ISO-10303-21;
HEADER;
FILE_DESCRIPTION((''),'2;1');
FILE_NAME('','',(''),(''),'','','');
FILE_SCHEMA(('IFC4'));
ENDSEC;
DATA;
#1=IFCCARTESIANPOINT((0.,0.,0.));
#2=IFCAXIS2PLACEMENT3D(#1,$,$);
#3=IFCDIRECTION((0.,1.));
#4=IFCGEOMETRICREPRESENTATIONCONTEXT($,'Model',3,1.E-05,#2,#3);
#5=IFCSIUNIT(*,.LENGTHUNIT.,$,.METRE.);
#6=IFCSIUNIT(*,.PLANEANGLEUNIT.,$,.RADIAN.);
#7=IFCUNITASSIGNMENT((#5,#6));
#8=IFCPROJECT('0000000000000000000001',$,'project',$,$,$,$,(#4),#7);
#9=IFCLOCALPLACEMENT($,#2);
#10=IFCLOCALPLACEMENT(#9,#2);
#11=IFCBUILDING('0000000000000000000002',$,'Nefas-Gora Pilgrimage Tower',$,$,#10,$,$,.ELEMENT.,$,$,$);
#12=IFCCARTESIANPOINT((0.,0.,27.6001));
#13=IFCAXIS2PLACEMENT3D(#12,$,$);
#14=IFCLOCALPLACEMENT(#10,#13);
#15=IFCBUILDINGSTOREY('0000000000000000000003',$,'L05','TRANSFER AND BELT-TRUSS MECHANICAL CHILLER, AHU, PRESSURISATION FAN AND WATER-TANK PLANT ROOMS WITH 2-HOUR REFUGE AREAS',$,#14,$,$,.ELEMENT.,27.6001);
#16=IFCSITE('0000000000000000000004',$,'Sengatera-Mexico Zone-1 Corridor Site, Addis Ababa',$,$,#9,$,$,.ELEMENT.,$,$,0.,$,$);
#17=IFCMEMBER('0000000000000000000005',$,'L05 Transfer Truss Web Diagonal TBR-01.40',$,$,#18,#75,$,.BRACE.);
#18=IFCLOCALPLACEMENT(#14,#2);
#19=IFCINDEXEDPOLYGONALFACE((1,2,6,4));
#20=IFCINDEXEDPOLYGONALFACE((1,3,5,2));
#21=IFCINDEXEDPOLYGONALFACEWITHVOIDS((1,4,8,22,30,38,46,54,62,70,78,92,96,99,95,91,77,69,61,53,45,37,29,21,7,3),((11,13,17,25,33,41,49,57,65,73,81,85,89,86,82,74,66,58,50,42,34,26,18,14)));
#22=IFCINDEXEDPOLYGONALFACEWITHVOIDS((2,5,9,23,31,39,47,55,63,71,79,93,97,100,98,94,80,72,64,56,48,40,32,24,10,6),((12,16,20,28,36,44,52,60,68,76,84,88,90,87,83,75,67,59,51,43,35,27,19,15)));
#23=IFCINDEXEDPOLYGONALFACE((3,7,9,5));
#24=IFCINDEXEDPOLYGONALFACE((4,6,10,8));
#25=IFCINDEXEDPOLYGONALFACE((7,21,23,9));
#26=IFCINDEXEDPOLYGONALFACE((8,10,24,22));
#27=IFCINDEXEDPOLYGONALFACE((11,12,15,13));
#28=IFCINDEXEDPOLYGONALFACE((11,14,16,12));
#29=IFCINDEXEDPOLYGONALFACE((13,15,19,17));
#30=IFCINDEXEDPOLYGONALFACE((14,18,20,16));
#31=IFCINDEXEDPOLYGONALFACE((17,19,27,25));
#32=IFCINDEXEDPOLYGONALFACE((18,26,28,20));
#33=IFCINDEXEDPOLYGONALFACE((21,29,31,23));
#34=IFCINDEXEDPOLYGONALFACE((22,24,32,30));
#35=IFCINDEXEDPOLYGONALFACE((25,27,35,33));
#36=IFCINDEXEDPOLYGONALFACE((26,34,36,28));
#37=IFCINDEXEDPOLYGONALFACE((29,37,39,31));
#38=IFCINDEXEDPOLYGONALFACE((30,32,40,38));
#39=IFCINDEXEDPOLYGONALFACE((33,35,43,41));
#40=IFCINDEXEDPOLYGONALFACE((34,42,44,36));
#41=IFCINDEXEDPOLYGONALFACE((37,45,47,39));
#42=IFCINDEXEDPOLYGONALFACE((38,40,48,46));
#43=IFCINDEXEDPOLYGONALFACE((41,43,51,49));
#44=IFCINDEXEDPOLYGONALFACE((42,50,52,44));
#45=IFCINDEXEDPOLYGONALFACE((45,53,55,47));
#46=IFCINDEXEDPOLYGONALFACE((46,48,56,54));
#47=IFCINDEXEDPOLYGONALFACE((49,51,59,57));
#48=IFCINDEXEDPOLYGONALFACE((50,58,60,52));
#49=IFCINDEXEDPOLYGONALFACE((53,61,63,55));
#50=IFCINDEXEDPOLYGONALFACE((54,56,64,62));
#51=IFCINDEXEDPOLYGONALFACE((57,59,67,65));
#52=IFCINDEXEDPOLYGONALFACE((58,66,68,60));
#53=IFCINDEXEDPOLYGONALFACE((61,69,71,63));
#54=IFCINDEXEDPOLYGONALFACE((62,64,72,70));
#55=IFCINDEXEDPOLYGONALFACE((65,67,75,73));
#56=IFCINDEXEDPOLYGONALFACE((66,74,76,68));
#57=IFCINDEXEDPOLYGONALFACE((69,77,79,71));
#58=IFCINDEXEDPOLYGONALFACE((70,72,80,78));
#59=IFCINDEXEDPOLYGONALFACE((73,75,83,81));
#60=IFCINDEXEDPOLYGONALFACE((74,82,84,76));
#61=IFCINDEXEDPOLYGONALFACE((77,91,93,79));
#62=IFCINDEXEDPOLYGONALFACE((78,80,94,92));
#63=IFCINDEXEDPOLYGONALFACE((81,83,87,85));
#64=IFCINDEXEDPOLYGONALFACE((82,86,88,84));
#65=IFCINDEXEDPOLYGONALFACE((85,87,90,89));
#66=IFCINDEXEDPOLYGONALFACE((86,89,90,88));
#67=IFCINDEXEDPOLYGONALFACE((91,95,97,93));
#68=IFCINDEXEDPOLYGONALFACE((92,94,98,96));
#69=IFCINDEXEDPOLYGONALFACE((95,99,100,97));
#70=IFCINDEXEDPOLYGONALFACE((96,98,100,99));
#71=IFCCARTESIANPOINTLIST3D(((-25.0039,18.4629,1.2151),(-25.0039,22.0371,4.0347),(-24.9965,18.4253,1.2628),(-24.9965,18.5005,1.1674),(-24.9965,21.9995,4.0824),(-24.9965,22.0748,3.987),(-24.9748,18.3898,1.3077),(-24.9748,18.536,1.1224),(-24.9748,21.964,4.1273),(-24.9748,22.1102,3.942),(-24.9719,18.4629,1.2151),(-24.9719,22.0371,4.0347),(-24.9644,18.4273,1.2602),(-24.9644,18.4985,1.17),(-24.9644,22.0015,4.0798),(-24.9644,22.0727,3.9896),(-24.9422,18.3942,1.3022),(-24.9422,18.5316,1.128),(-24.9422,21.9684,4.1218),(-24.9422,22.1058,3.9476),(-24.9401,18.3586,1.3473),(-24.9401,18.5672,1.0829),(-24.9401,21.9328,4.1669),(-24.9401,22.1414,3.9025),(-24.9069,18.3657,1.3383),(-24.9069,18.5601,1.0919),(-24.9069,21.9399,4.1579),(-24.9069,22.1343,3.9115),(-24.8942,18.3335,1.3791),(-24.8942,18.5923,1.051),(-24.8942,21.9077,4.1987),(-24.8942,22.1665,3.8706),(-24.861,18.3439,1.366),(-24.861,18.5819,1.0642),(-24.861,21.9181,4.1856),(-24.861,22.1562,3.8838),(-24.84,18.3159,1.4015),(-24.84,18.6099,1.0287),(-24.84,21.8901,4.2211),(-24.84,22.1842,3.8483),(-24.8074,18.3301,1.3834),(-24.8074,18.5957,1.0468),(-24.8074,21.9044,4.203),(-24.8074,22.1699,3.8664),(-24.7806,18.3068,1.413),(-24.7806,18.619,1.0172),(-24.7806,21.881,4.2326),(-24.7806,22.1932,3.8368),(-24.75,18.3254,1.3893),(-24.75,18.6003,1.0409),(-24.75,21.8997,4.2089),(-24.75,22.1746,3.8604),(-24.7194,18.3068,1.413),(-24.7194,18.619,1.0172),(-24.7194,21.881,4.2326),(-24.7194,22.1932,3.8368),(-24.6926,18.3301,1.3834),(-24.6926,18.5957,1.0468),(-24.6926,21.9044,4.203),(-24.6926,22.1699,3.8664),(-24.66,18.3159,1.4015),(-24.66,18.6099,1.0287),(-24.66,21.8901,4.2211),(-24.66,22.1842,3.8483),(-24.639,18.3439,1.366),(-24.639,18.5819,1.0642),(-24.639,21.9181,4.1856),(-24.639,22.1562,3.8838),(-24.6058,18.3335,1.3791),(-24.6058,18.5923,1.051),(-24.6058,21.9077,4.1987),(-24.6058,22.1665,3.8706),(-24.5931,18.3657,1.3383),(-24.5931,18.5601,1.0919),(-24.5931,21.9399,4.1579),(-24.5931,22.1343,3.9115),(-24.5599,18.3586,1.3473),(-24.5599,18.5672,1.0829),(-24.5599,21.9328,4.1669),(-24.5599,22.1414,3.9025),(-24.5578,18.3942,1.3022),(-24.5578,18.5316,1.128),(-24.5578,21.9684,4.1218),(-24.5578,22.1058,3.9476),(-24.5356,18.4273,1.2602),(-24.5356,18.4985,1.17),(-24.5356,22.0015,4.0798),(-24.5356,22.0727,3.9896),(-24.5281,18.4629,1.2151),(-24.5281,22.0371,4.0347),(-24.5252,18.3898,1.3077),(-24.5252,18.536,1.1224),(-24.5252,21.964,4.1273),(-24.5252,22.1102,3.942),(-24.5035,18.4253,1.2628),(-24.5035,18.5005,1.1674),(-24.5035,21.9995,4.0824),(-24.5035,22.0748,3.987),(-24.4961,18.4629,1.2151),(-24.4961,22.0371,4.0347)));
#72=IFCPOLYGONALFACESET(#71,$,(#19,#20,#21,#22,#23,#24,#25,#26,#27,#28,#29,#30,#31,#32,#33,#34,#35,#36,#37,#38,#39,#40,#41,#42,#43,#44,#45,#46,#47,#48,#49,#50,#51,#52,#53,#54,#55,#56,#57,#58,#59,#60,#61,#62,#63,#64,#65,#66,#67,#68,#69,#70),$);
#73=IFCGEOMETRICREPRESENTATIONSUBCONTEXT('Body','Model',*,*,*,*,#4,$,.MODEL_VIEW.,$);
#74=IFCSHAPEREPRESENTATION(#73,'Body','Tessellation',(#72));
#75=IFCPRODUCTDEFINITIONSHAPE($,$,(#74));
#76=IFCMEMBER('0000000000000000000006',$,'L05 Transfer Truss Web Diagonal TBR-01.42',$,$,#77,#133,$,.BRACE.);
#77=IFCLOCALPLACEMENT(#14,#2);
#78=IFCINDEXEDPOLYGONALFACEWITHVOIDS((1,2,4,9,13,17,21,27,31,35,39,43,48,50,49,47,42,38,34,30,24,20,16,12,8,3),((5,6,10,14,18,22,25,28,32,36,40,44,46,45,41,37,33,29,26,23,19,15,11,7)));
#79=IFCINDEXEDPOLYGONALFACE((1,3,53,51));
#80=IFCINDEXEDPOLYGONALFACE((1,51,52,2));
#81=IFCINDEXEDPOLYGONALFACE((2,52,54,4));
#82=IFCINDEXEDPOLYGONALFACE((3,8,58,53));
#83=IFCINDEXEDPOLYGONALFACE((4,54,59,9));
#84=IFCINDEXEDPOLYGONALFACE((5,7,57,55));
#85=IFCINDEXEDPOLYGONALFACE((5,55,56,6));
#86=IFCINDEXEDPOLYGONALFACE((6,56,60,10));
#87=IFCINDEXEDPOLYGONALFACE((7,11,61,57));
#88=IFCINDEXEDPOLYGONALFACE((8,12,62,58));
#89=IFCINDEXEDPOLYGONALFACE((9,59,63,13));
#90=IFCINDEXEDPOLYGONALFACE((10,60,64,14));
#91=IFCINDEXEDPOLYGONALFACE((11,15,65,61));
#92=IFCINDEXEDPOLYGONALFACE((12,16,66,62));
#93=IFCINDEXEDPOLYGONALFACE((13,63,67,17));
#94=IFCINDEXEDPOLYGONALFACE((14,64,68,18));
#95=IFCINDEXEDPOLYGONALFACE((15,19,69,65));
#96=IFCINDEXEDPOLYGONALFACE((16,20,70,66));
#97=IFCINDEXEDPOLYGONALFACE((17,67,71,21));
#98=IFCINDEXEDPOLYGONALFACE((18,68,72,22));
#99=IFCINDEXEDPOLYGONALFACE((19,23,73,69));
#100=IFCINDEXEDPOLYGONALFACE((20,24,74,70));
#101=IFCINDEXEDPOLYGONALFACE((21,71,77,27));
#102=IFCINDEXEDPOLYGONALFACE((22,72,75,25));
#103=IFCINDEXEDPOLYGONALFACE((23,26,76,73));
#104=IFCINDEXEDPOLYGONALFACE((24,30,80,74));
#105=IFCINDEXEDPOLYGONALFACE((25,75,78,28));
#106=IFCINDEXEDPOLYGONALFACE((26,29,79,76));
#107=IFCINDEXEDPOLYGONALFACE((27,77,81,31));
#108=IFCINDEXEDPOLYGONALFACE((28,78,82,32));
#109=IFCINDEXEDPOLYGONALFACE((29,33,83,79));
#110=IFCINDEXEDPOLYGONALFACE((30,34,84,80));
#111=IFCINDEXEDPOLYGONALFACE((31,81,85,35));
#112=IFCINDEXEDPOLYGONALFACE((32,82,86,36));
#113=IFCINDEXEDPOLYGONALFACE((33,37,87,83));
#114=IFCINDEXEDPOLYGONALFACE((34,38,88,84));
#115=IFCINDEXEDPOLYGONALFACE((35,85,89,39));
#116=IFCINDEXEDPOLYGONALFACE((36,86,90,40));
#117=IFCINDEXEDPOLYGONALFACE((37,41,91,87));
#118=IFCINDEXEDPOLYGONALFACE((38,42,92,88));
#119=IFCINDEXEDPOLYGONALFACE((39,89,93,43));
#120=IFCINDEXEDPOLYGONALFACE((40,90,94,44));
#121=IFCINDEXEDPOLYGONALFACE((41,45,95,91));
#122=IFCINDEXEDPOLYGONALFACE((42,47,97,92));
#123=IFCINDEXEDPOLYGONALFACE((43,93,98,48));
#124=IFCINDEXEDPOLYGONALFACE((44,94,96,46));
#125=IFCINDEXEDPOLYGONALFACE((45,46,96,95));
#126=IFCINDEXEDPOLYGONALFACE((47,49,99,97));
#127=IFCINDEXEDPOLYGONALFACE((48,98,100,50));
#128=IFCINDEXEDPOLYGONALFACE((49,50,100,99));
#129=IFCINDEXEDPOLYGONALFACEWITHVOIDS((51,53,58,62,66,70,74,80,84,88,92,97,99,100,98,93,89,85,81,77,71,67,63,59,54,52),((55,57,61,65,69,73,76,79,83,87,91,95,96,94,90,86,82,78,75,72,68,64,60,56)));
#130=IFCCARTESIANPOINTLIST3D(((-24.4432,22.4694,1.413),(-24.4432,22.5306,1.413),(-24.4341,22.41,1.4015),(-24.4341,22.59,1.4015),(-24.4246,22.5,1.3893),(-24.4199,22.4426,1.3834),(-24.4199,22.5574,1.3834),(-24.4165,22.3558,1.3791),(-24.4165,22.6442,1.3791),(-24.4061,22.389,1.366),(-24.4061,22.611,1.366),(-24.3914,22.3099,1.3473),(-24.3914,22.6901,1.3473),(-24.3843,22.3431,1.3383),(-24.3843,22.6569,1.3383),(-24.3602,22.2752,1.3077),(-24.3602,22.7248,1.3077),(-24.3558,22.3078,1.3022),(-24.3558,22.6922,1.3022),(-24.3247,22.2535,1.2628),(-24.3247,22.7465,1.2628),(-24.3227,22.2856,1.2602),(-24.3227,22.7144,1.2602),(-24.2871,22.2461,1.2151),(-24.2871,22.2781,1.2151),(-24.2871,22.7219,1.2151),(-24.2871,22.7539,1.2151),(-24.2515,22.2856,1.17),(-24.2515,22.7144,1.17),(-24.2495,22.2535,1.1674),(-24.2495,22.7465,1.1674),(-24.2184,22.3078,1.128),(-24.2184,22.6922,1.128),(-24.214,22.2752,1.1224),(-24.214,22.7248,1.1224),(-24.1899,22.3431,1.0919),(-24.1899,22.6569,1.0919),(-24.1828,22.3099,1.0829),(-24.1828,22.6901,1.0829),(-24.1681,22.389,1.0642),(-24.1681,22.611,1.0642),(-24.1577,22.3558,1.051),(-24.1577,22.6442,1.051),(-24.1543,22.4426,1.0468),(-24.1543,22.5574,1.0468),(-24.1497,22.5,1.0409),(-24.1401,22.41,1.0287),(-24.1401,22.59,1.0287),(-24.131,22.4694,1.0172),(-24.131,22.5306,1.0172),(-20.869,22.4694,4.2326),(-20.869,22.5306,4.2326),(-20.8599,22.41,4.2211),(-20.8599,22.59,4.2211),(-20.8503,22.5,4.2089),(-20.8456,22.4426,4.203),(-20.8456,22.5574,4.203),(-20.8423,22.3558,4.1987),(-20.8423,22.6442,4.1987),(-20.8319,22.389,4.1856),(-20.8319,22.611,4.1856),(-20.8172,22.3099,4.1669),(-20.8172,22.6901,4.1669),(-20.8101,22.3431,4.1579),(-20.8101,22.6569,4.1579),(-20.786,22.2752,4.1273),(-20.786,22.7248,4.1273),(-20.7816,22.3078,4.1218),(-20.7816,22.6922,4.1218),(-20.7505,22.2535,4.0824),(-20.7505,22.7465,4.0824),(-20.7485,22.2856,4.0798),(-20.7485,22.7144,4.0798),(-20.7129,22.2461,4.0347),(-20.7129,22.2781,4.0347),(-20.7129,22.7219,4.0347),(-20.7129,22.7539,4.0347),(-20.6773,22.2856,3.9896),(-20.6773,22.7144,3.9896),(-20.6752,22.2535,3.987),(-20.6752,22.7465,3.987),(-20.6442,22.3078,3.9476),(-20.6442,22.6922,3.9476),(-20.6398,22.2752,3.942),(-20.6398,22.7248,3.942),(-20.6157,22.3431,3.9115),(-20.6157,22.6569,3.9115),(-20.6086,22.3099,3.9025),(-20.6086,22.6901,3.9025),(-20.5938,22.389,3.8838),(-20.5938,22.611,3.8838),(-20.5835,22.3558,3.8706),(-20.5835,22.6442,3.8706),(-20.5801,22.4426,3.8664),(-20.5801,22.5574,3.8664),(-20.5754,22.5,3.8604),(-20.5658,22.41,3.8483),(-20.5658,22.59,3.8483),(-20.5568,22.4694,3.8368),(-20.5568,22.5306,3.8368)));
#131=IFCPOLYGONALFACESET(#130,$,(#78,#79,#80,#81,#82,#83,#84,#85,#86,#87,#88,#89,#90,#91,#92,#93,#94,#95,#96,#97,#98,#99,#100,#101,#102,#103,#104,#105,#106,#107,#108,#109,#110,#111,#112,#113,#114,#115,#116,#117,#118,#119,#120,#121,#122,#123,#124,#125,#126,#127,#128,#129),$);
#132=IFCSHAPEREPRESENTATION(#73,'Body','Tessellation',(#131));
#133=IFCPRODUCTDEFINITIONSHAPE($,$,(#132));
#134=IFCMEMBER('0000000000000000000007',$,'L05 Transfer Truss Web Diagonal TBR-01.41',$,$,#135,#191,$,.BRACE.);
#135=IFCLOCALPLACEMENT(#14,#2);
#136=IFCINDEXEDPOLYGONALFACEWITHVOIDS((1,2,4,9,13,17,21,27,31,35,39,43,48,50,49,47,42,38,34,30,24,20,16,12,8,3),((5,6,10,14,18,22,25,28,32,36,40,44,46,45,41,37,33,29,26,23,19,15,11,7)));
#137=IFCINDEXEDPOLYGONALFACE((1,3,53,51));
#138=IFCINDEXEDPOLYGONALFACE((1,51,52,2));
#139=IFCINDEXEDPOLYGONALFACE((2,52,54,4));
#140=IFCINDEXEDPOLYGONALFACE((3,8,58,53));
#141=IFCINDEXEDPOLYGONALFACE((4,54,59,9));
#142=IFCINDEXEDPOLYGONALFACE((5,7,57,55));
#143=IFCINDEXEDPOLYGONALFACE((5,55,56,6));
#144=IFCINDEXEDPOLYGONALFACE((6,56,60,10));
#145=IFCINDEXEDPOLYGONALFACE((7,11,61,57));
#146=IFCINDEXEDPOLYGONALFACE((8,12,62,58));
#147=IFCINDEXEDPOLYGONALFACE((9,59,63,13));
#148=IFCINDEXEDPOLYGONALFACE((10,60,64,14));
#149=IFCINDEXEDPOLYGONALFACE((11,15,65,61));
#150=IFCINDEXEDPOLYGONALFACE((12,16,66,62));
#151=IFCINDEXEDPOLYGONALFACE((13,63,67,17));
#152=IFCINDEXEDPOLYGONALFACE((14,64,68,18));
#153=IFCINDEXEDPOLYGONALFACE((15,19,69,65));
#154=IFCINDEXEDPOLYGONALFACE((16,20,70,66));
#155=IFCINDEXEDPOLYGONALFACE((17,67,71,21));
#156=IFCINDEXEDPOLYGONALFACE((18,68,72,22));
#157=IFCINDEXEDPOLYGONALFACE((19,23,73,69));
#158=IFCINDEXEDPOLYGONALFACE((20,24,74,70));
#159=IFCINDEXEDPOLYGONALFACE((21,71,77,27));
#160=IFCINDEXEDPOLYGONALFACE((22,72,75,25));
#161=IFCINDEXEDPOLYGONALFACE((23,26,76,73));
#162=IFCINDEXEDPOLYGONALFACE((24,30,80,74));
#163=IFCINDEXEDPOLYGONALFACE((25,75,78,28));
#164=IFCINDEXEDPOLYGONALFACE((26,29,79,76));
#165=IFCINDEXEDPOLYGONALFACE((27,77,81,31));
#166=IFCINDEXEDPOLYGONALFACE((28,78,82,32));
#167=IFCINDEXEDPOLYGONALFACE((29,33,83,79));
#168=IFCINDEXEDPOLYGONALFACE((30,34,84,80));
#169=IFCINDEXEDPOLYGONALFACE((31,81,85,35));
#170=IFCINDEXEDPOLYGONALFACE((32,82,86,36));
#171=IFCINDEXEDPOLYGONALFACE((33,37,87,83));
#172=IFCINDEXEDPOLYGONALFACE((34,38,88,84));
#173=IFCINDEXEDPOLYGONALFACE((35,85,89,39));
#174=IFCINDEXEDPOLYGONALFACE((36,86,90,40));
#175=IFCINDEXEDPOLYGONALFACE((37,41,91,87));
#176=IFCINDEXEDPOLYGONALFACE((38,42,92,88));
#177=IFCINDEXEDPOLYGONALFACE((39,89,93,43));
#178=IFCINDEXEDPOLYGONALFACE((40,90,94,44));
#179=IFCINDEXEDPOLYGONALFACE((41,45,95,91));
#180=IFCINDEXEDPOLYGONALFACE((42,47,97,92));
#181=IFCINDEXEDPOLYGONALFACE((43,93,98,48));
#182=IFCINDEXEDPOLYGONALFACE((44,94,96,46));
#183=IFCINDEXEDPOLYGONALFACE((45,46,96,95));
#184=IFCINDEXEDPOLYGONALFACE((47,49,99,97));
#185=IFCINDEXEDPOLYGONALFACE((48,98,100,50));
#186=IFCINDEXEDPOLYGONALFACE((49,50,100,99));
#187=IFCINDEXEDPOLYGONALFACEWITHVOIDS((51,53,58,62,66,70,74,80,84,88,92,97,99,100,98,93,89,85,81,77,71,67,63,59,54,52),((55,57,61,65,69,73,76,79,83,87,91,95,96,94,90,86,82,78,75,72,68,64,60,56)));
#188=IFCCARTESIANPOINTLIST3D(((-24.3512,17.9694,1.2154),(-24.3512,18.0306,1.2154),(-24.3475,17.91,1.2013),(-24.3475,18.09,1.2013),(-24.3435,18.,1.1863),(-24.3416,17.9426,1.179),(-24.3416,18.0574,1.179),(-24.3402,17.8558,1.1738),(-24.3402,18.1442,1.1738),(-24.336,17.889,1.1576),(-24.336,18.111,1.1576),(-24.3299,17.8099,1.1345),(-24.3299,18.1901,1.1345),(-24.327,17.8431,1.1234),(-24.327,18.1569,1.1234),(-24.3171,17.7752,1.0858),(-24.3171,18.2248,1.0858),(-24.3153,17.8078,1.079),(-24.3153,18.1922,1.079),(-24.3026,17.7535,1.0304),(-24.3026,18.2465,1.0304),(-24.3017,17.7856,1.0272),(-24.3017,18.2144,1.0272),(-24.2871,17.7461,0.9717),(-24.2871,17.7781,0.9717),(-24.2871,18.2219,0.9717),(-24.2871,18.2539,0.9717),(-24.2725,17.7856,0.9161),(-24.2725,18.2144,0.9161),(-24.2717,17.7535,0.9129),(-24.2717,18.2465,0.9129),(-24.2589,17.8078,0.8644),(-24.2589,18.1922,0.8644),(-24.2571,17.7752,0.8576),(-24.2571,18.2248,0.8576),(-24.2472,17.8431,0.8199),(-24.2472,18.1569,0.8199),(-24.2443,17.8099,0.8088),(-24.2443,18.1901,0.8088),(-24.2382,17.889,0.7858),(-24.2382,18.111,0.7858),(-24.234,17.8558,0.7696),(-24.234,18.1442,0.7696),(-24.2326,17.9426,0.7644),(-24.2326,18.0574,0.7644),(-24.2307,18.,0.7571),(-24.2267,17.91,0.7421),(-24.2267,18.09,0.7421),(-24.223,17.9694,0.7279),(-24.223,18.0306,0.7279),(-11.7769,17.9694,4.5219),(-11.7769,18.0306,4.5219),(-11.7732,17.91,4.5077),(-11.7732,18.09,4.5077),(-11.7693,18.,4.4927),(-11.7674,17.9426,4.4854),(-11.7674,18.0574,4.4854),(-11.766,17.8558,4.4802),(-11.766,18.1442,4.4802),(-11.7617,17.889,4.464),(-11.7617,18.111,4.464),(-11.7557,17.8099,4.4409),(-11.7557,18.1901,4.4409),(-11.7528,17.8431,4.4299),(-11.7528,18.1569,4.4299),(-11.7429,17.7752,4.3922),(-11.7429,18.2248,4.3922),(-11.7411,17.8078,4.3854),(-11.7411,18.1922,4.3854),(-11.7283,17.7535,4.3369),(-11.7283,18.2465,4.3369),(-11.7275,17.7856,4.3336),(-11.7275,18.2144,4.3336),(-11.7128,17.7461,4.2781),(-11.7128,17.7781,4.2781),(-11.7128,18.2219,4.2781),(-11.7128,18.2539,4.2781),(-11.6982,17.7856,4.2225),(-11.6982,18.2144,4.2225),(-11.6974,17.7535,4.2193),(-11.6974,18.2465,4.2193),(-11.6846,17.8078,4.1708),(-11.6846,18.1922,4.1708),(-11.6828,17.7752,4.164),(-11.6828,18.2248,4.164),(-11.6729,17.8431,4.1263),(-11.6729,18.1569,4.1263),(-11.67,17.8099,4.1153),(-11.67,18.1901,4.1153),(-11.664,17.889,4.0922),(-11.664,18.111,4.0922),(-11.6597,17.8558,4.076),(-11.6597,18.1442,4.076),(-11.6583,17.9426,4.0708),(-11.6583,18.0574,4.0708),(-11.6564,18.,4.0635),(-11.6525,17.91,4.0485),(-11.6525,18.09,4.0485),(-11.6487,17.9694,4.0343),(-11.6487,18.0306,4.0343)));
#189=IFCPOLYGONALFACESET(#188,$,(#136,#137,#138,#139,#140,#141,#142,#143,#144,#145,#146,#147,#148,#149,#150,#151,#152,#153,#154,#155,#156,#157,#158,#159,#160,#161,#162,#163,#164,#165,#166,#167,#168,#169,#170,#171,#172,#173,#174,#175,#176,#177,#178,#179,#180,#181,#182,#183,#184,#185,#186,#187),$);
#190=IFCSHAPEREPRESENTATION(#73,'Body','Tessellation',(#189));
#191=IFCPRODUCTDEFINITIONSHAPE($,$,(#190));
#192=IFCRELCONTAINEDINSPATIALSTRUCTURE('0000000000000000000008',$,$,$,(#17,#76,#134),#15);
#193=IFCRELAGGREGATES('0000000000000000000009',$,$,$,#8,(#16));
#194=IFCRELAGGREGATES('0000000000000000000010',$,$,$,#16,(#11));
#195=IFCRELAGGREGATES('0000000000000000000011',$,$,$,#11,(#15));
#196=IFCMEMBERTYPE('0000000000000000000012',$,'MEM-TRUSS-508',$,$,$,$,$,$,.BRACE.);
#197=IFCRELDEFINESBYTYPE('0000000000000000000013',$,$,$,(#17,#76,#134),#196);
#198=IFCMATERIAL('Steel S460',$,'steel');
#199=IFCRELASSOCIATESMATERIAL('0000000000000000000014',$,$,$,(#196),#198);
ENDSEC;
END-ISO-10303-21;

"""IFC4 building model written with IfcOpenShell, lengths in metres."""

from ifc_helpers import new_model, si_unit, direction, frame, origin, origin_2d, place, context, subcontext, project, spatial, hollow_circle, extrude, source, transform, mapped, material, material_profile, profile_set, type_object, element, save


model = new_model("IFC4")

# Units and contexts
model_context = context("Model", 3, precision=1e-05, world=origin(), true_north=direction((0.0, 1.0)))
body_context = subcontext(model_context, "Body", "Model", "MODEL_VIEW")
ifc_project = project(units=[si_unit("LENGTHUNIT", "METRE"), si_unit("PLANEANGLEUNIT", "RADIAN")], contexts=[model_context])

# Site, building, storey
site_placement = place(None, origin())
site = spatial("IfcSite", under=ifc_project, at=site_placement, Name="Sengatera-Mexico Zone-1 Corridor Site, Addis Ababa", CompositionType="ELEMENT", RefElevation=0.0)
building_placement = place(site_placement, origin())
building = spatial("IfcBuilding", under=site, at=building_placement, Name="Nefas-Gora Pilgrimage Tower", CompositionType="ELEMENT")
storey_placement = place(building_placement, frame((0.0, 0.0, 27.6001)))
storey = spatial("IfcBuildingStorey", under=building, at=storey_placement, Name="L05", Description="TRANSFER AND BELT-TRUSS MECHANICAL CHILLER, AHU, PRESSURISATION FAN AND WATER-TANK PLANT ROOMS WITH 2-HOUR REFUGE AREAS", CompositionType="ELEMENT", Elevation=27.6001)

# Shared definitions
ifc_material = material(Name="Steel S460", Category="steel")

# Shared definitions
ifc_material_profile_1 = material_profile(ifc_material, hollow_circle(Radius=0.2539, WallThickness=0.032, at=origin_2d()), Name="CHS 508x32")
ifc_profile_set_1 = profile_set([ifc_material_profile_1], Name="Steel S460")
member_type = type_object("IfcMemberType", Name="MEM-TRUSS-508", PredefinedType="BRACE", material=ifc_profile_set_1)

# Members
shared_shape_1 = source(origin(), body_context, "Body", "SweptSolid", [
    extrude(hollow_circle(Radius=0.2539, WallThickness=0.032, at=origin_2d()), origin(), (0.0, 0.0, 1.0), 4.5525),
])
for number, where, z_axis, x_axis, name in (
    (1, (-24.75, 18.4629, 1.2151), (0.0, 0.785115, 0.61935), (-1.0, 0.0, 0.0), "L05 Transfer Truss Web Diagonal TBR-01.40"),
    (2, (-24.2871, 22.5, 1.2151), (0.785115, 0.0, 0.61935), (0.0, 1.0, 0.0), "L05 Transfer Truss Web Diagonal TBR-01.42"),
):
    element("IfcMember", number, at=place(storey_placement, frame(where, z_axis=z_axis, x_axis=x_axis)), inside=storey, type_object=member_type, Name=name, PredefinedType="BRACE", context=body_context, shape_type="MappedRepresentation", body=[
        mapped(shared_shape_1, transform((0.0, 0.0, 0.0), x_axis=(1.0, 0.0, 0.0), y_axis=(0.0, 1.0, 0.0), z_axis=(0.0, 0.0, 1.0), scale=1.0)),
    ])
shared_shape_2 = source(origin(), body_context, "Body", "SweptSolid", [
    extrude(hollow_circle(Radius=0.2539, WallThickness=0.032, at=origin_2d()), origin(), (0.0, 0.0, 1.0), 13.0017),
])
for number, where, z_axis, x_axis, name in (
    (3, (-24.2871, 18.0, 0.9717), (0.967124, 0.0, 0.254306), (0.0, 1.0, 0.0), "L05 Transfer Truss Web Diagonal TBR-01.41"),
):
    element("IfcMember", number, at=place(storey_placement, frame(where, z_axis=z_axis, x_axis=x_axis)), inside=storey, type_object=member_type, Name=name, PredefinedType="BRACE", context=body_context, shape_type="MappedRepresentation", body=[
        mapped(shared_shape_2, transform((0.0, 0.0, 0.0), x_axis=(1.0, 0.0, 0.0), y_axis=(0.0, 1.0, 0.0), z_axis=(0.0, 0.0, 1.0), scale=1.0)),
    ])

save(model, "model.ifc")
